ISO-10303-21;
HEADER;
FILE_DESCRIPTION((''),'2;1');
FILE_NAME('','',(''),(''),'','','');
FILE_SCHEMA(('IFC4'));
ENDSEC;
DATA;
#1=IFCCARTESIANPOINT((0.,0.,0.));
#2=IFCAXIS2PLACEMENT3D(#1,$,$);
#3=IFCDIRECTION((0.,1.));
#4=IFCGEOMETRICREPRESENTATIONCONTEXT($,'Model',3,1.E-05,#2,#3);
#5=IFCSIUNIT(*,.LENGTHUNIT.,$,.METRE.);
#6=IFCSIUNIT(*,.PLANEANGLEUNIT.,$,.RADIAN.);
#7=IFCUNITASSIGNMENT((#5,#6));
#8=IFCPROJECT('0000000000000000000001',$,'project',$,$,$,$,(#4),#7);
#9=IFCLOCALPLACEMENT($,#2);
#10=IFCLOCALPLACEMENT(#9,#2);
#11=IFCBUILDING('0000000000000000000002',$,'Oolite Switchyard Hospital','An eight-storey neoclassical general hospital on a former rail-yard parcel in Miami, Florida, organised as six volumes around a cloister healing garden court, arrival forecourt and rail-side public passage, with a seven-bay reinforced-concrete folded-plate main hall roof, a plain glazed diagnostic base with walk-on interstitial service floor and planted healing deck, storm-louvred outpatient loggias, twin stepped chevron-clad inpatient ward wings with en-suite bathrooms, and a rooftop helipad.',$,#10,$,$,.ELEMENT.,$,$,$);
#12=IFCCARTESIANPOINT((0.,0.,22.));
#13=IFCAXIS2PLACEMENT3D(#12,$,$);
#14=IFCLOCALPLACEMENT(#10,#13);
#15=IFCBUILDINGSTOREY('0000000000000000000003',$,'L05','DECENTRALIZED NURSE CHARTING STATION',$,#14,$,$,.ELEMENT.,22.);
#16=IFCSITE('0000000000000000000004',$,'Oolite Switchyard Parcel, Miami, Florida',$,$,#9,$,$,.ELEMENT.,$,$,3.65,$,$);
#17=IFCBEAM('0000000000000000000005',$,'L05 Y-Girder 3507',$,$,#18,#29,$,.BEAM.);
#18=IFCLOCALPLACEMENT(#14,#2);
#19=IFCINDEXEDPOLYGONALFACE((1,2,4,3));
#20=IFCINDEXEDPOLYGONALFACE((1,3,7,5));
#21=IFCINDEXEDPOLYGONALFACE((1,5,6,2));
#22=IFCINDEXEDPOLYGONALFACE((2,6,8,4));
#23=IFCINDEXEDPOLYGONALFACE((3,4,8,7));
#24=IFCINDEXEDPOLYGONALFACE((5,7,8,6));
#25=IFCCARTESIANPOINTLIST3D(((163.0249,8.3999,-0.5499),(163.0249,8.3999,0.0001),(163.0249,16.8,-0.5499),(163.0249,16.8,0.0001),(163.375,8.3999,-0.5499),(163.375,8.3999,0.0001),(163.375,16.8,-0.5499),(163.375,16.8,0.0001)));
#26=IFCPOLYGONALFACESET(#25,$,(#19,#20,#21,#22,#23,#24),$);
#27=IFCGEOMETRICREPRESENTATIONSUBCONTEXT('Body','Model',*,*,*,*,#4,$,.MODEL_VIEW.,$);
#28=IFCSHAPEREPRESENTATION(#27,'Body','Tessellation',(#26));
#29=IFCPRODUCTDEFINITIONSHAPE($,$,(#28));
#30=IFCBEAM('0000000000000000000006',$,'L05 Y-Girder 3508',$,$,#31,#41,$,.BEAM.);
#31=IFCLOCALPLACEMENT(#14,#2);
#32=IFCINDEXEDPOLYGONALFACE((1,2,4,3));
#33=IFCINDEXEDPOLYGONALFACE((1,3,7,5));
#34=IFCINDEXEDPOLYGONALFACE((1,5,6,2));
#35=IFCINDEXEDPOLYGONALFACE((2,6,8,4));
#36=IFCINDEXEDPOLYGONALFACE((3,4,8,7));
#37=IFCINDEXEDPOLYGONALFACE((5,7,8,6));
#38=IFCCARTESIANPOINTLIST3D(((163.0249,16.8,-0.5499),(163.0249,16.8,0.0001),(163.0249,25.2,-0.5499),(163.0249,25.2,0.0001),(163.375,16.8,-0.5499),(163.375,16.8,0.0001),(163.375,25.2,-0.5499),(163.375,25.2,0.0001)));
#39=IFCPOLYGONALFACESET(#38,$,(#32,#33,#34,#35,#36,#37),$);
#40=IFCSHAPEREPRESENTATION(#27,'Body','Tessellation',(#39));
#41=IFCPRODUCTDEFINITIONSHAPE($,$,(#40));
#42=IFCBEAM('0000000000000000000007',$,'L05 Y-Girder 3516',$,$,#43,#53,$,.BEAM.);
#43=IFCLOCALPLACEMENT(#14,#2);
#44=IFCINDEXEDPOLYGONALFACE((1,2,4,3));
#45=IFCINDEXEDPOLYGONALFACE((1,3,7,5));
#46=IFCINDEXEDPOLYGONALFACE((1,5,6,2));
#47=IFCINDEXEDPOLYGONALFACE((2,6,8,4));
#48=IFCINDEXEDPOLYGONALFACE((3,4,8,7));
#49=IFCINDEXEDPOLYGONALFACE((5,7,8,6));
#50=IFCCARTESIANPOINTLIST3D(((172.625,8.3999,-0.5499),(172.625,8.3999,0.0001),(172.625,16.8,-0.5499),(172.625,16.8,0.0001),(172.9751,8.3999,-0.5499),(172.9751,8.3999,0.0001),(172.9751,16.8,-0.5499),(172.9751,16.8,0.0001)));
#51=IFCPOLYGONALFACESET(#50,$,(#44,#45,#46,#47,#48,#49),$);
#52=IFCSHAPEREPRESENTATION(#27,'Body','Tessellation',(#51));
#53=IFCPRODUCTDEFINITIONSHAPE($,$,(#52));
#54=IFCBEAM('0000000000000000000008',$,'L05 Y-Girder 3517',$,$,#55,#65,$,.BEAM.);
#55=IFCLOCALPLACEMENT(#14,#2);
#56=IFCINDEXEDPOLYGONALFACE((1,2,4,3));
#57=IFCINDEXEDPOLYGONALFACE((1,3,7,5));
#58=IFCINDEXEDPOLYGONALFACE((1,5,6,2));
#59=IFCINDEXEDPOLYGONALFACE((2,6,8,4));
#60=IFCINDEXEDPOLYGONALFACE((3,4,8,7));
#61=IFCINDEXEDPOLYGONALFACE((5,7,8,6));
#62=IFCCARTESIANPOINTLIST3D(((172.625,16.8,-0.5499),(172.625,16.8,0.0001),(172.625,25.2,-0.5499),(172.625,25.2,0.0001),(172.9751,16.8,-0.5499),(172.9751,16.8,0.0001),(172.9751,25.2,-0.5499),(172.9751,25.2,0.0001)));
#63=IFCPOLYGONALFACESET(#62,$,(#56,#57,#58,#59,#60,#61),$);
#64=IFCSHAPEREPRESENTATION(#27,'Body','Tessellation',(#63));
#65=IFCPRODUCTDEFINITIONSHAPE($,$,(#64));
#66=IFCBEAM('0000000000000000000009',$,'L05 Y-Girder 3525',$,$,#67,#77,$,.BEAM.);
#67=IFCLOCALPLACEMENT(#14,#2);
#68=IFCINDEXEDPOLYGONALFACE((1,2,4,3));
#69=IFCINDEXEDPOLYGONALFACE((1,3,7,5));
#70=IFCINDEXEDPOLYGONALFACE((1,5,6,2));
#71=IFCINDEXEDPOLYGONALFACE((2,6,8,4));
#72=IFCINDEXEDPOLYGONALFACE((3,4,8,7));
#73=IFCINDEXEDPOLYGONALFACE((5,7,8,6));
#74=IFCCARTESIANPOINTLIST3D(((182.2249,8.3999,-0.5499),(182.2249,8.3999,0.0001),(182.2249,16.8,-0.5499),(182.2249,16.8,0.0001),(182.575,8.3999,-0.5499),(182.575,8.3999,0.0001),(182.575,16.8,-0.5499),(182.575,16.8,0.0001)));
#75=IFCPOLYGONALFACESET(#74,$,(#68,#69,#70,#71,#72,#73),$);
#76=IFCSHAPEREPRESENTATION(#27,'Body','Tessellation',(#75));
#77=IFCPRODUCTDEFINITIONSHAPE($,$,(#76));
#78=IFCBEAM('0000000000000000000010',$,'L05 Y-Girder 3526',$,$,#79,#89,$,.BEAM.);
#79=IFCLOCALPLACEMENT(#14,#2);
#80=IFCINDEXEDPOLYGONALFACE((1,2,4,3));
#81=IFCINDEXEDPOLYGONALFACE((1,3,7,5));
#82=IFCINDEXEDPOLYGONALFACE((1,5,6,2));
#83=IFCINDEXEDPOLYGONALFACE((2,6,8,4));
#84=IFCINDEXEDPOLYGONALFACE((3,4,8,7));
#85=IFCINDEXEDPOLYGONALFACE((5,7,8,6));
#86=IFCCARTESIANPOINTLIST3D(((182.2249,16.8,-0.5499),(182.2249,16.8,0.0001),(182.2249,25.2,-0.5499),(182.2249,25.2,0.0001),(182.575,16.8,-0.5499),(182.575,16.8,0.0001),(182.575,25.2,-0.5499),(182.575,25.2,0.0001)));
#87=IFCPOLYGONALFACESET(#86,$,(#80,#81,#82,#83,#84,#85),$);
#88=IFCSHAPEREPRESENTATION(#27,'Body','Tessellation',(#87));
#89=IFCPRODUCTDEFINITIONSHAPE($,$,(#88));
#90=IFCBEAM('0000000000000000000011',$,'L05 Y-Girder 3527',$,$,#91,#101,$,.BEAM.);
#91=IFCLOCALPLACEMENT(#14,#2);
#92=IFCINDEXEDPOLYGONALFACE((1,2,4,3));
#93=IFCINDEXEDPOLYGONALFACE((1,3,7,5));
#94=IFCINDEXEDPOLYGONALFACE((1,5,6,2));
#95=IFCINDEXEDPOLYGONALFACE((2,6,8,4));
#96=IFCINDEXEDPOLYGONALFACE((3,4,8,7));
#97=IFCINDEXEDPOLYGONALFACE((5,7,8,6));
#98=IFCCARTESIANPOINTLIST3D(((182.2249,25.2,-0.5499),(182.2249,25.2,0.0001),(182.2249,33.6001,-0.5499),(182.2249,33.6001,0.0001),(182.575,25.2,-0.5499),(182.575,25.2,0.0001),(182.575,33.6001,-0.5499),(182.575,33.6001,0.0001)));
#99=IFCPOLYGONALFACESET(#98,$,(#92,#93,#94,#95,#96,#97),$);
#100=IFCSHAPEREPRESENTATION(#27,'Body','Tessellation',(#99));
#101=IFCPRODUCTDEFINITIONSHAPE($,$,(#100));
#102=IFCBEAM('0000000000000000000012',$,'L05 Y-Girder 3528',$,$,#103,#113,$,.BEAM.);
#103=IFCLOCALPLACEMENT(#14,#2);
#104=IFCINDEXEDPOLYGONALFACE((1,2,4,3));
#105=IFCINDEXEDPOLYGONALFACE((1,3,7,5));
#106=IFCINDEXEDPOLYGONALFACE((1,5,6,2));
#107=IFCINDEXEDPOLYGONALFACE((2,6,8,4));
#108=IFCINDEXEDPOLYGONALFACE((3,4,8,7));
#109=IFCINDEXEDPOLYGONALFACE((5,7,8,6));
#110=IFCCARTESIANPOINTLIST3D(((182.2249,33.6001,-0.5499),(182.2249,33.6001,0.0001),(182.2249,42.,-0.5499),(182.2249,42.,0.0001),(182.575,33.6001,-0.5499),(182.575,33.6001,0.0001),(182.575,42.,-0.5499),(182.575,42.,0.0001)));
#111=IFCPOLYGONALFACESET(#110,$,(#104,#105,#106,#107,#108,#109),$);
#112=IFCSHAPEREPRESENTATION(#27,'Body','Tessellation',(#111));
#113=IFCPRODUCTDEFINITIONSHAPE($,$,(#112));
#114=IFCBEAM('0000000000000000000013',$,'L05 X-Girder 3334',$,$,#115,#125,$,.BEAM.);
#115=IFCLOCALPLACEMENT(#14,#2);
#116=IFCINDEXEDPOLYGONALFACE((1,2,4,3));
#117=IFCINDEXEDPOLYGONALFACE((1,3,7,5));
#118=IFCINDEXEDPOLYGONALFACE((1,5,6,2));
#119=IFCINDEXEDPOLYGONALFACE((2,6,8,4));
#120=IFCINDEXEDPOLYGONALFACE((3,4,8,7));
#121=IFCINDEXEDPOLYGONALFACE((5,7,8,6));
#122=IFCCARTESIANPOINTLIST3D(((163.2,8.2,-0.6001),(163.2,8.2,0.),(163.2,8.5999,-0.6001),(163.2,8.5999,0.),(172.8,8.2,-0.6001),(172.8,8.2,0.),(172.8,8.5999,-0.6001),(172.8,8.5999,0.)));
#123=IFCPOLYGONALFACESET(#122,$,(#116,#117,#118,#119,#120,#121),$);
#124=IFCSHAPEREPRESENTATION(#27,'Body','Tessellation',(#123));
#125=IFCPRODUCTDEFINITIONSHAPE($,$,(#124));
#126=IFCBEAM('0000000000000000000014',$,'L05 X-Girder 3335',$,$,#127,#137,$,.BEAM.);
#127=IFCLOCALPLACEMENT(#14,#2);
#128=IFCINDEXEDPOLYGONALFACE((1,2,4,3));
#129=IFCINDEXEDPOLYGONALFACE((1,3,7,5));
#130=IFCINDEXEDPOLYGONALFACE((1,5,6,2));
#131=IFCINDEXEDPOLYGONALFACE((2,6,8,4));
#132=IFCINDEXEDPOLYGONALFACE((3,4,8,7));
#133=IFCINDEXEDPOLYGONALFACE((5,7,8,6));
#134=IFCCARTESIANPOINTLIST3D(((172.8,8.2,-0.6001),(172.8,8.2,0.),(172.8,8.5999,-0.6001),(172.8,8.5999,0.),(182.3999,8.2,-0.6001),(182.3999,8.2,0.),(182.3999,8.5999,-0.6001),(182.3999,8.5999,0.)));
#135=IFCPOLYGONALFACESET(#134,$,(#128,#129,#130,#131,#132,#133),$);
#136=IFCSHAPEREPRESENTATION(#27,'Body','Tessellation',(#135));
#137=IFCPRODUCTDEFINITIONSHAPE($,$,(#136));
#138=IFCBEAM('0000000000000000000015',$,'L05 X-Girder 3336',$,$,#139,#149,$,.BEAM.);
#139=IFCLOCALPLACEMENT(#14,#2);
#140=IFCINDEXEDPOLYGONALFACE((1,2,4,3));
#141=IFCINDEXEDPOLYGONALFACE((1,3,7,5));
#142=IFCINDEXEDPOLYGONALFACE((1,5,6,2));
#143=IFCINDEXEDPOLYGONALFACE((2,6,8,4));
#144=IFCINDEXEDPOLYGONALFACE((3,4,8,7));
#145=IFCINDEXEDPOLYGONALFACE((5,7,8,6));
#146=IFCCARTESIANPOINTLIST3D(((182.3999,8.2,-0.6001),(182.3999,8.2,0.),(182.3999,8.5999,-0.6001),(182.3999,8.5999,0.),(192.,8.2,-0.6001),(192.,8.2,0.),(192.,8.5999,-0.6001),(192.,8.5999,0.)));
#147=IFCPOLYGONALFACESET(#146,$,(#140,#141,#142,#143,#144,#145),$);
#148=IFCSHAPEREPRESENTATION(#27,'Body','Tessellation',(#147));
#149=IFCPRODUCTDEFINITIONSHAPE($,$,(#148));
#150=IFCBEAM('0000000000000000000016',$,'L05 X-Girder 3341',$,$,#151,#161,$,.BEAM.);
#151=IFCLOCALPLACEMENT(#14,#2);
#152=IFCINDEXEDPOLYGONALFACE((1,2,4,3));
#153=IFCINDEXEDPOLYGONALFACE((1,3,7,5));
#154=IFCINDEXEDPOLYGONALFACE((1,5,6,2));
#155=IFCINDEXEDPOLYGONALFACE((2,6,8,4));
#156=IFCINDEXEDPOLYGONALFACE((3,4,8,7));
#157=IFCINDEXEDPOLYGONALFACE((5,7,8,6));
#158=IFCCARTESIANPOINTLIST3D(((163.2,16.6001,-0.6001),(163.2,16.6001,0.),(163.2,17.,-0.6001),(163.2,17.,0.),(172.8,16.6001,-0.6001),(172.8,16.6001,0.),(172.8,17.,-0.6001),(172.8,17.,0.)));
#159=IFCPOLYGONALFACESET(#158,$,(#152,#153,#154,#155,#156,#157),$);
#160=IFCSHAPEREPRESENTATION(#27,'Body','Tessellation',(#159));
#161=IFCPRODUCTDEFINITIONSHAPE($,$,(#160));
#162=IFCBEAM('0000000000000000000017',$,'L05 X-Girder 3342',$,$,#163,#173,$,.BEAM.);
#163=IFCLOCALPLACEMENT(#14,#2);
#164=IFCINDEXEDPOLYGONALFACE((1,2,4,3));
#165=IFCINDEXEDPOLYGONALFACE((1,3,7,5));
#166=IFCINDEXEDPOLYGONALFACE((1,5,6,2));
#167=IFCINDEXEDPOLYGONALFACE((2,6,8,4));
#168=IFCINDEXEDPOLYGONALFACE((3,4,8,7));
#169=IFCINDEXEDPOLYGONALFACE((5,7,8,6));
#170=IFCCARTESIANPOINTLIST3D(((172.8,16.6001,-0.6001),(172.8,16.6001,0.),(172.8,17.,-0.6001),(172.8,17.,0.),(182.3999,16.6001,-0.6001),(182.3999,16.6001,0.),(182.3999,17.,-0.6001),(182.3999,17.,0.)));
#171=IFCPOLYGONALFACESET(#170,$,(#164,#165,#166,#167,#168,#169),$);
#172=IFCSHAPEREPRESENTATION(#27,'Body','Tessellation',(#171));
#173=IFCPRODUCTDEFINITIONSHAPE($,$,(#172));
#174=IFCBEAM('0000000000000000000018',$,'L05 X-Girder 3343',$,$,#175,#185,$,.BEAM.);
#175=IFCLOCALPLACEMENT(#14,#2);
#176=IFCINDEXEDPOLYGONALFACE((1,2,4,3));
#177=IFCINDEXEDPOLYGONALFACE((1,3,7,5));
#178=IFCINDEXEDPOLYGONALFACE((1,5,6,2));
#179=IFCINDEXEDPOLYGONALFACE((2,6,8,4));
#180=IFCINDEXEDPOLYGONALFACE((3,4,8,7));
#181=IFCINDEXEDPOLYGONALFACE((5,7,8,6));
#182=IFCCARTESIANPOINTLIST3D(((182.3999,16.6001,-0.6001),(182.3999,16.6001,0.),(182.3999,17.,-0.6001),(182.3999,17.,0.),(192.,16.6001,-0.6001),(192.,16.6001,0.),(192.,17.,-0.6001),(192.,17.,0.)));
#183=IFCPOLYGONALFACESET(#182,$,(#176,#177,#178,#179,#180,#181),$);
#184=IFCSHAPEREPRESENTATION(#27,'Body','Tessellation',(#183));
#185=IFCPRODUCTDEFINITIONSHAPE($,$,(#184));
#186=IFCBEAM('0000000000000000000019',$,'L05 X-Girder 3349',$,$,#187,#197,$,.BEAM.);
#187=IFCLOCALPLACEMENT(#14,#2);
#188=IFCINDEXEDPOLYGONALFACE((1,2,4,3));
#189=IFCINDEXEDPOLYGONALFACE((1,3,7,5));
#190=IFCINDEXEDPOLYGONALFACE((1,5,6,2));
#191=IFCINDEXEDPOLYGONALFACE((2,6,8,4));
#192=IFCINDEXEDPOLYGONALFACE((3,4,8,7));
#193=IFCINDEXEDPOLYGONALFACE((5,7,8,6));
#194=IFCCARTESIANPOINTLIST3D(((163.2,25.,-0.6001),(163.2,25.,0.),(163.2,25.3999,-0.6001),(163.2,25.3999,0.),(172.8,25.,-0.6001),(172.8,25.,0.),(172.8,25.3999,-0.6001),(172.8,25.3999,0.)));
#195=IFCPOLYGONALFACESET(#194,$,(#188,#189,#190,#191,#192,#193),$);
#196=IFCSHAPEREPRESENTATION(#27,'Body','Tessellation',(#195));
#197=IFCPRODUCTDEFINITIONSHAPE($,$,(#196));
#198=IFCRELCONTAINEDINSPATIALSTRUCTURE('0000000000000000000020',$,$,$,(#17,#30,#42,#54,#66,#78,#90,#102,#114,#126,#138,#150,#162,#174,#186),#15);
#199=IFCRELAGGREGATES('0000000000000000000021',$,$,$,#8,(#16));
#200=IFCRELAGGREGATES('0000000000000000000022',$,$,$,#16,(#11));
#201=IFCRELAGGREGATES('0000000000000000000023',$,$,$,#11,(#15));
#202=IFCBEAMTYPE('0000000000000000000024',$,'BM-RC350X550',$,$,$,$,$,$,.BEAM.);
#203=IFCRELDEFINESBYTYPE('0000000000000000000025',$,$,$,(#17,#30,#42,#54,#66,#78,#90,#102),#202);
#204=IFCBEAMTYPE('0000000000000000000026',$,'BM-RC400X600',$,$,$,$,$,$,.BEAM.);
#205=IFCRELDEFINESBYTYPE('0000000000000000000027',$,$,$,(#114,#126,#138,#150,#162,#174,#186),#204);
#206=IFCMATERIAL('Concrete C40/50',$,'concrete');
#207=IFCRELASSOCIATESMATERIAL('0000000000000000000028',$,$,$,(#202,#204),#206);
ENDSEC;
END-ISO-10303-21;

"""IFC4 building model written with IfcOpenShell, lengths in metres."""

from ifc_helpers import new_model, si_unit, direction, frame, origin, origin_2d, place, context, subcontext, project, spatial, rectangle, extrude, material, material_profile, profile_set, type_object, element, save


model = new_model("IFC4")

# Units and contexts
model_context = context("Model", 3, precision=1e-05, world=origin(), true_north=direction((0.0, 1.0)))
body_context = subcontext(model_context, "Body", "Model", "MODEL_VIEW")
ifc_project = project(units=[si_unit("LENGTHUNIT", "METRE"), si_unit("PLANEANGLEUNIT", "RADIAN")], contexts=[model_context])

# Site, building, storey
site_placement = place(None, origin())
site = spatial("IfcSite", under=ifc_project, at=site_placement, Name="Oolite Switchyard Parcel, Miami, Florida", CompositionType="ELEMENT", RefElevation=3.65)
building_placement = place(site_placement, origin())
building = spatial("IfcBuilding", under=site, at=building_placement, Name="Oolite Switchyard Hospital", Description="An eight-storey neoclassical general hospital on a former rail-yard parcel in Miami, Florida, organised as six volumes around a cloister healing garden court, arrival forecourt and rail-side public passage, with a seven-bay reinforced-concrete folded-plate main hall roof, a plain glazed diagnostic base with walk-on interstitial service floor and planted healing deck, storm-louvred outpatient loggias, twin stepped chevron-clad inpatient ward wings with en-suite bathrooms, and a rooftop helipad.", CompositionType="ELEMENT")
storey_placement = place(building_placement, frame((0.0, 0.0, 22.0)))
storey = spatial("IfcBuildingStorey", under=building, at=storey_placement, Name="L05", Description="DECENTRALIZED NURSE CHARTING STATION", CompositionType="ELEMENT", Elevation=22.0)

# Beams
ifc_material_1 = material(Name="Concrete C40/50", Category="concrete")
ifc_material_profile_1 = material_profile(ifc_material_1, rectangle(XDim=0.3501, YDim=0.55, at=origin_2d()), Name="RCB350X550")
ifc_profile_set_1 = profile_set([ifc_material_profile_1], Name="Concrete C40/50")
beam_type_1 = type_object("IfcBeamType", Name="BM-RC350X550", PredefinedType="BEAM", material=ifc_profile_set_1)
beam_1_placement = place(storey_placement, frame((163.2, 8.3999, -0.2749), z_axis=(0.0, 1.0, 0.0), x_axis=(-1.0, 0.0, 0.0)))
element("IfcBeam", 1, at=beam_1_placement, inside=storey, type_object=beam_type_1, Name="L05 Y-Girder 3507", PredefinedType="BEAM", context=body_context, shape_type="SweptSolid", body=[
    extrude(rectangle(XDim=0.3501, YDim=0.55, at=origin_2d()), origin(), (0.0, 0.0, 1.0), 8.4001),
])
beam_2_placement = place(storey_placement, frame((163.2, 16.8, -0.2749), z_axis=(0.0, 1.0, 0.0), x_axis=(-1.0, 0.0, 0.0)))
element("IfcBeam", 2, at=beam_2_placement, inside=storey, type_object=beam_type_1, Name="L05 Y-Girder 3508", PredefinedType="BEAM", context=body_context, shape_type="SweptSolid", body=[
    extrude(rectangle(XDim=0.3501, YDim=0.55, at=origin_2d()), origin(), (0.0, 0.0, 1.0), 8.3999),
])
beam_3_placement = place(storey_placement, frame((172.8, 8.3999, -0.2749), z_axis=(0.0, 1.0, 0.0), x_axis=(-1.0, 0.0, 0.0)))
element("IfcBeam", 3, at=beam_3_placement, inside=storey, type_object=beam_type_1, Name="L05 Y-Girder 3516", PredefinedType="BEAM", context=body_context, shape_type="SweptSolid", body=[
    extrude(rectangle(XDim=0.3501, YDim=0.55, at=origin_2d()), origin(), (0.0, 0.0, 1.0), 8.4001),
])
beam_4_placement = place(storey_placement, frame((172.8, 16.8, -0.2749), z_axis=(0.0, 1.0, 0.0), x_axis=(-1.0, 0.0, 0.0)))
element("IfcBeam", 4, at=beam_4_placement, inside=storey, type_object=beam_type_1, Name="L05 Y-Girder 3517", PredefinedType="BEAM", context=body_context, shape_type="SweptSolid", body=[
    extrude(rectangle(XDim=0.3501, YDim=0.55, at=origin_2d()), origin(), (0.0, 0.0, 1.0), 8.3999),
])
beam_5_placement = place(storey_placement, frame((182.3999, 8.3999, -0.2749), z_axis=(0.0, 1.0, 0.0), x_axis=(-1.0, 0.0, 0.0)))
element("IfcBeam", 5, at=beam_5_placement, inside=storey, type_object=beam_type_1, Name="L05 Y-Girder 3525", PredefinedType="BEAM", context=body_context, shape_type="SweptSolid", body=[
    extrude(rectangle(XDim=0.3501, YDim=0.55, at=origin_2d()), origin(), (0.0, 0.0, 1.0), 8.4001),
])
beam_6_placement = place(storey_placement, frame((182.3999, 16.8, -0.2749), z_axis=(0.0, 1.0, 0.0), x_axis=(-1.0, 0.0, 0.0)))
element("IfcBeam", 6, at=beam_6_placement, inside=storey, type_object=beam_type_1, Name="L05 Y-Girder 3526", PredefinedType="BEAM", context=body_context, shape_type="SweptSolid", body=[
    extrude(rectangle(XDim=0.3501, YDim=0.55, at=origin_2d()), origin(), (0.0, 0.0, 1.0), 8.3999),
])
beam_7_placement = place(storey_placement, frame((182.3999, 25.2, -0.2749), z_axis=(0.0, 1.0, 0.0), x_axis=(-1.0, 0.0, 0.0)))
element("IfcBeam", 7, at=beam_7_placement, inside=storey, type_object=beam_type_1, Name="L05 Y-Girder 3527", PredefinedType="BEAM", context=body_context, shape_type="SweptSolid", body=[
    extrude(rectangle(XDim=0.3501, YDim=0.55, at=origin_2d()), origin(), (0.0, 0.0, 1.0), 8.4001),
])
beam_8_placement = place(storey_placement, frame((182.3999, 33.6001, -0.2749), z_axis=(0.0, 1.0, 0.0), x_axis=(-1.0, 0.0, 0.0)))
element("IfcBeam", 8, at=beam_8_placement, inside=storey, type_object=beam_type_1, Name="L05 Y-Girder 3528", PredefinedType="BEAM", context=body_context, shape_type="SweptSolid", body=[
    extrude(rectangle(XDim=0.3501, YDim=0.55, at=origin_2d()), origin(), (0.0, 0.0, 1.0), 8.3999),
])
ifc_material_profile_2 = material_profile(ifc_material_1, rectangle(XDim=0.3999, YDim=0.6001, at=origin_2d()), Name="RCB400X600")
ifc_profile_set_2 = profile_set([ifc_material_profile_2], Name="Concrete C40/50")
beam_type_2 = type_object("IfcBeamType", Name="BM-RC400X600", PredefinedType="BEAM", material=ifc_profile_set_2)
beam_9_placement = place(storey_placement, frame((163.2, 8.3999, -0.3), z_axis=(1.0, 0.0, 0.0), x_axis=(0.0, 1.0, 0.0)))
element("IfcBeam", 9, at=beam_9_placement, inside=storey, type_object=beam_type_2, Name="L05 X-Girder 3334", PredefinedType="BEAM", context=body_context, shape_type="SweptSolid", body=[
    extrude(rectangle(XDim=0.3999, YDim=0.6001, at=origin_2d()), origin(), (0.0, 0.0, 1.0), 9.6001),
])
beam_10_placement = place(storey_placement, frame((172.8, 8.3999, -0.3), z_axis=(1.0, 0.0, 0.0), x_axis=(0.0, 1.0, 0.0)))
element("IfcBeam", 10, at=beam_10_placement, inside=storey, type_object=beam_type_2, Name="L05 X-Girder 3335", PredefinedType="BEAM", context=body_context, shape_type="SweptSolid", body=[
    extrude(rectangle(XDim=0.3999, YDim=0.6001, at=origin_2d()), origin(), (0.0, 0.0, 1.0), 9.5999),
])
for number, where, z_axis, x_axis, name in (
    (11, (182.3999, 8.3999, -0.3), (1.0, 0.0, 0.0), (0.0, 1.0, 0.0), "L05 X-Girder 3336"),
    (12, (163.2, 16.8, -0.3), (1.0, 0.0, 0.0), (0.0, 1.0, 0.0), "L05 X-Girder 3341"),
):
    element("IfcBeam", number, at=place(storey_placement, frame(where, z_axis=z_axis, x_axis=x_axis)), inside=storey, type_object=beam_type_2, Name=name, PredefinedType="BEAM", context=body_context, shape_type="SweptSolid", body=[
        extrude(rectangle(XDim=0.3999, YDim=0.6001, at=origin_2d()), origin(), (0.0, 0.0, 1.0), 9.6001),
    ])
beam_11_placement = place(storey_placement, frame((172.8, 16.8, -0.3), z_axis=(1.0, 0.0, 0.0), x_axis=(0.0, 1.0, 0.0)))
element("IfcBeam", 13, at=beam_11_placement, inside=storey, type_object=beam_type_2, Name="L05 X-Girder 3342", PredefinedType="BEAM", context=body_context, shape_type="SweptSolid", body=[
    extrude(rectangle(XDim=0.3999, YDim=0.6001, at=origin_2d()), origin(), (0.0, 0.0, 1.0), 9.5999),
])
for number, where, z_axis, x_axis, name in (
    (14, (182.3999, 16.8, -0.3), (1.0, 0.0, 0.0), (0.0, 1.0, 0.0), "L05 X-Girder 3343"),
    (15, (163.2, 25.2, -0.3), (1.0, 0.0, 0.0), (0.0, 1.0, 0.0), "L05 X-Girder 3349"),
):
    element("IfcBeam", number, at=place(storey_placement, frame(where, z_axis=z_axis, x_axis=x_axis)), inside=storey, type_object=beam_type_2, Name=name, PredefinedType="BEAM", context=body_context, shape_type="SweptSolid", body=[
        extrude(rectangle(XDim=0.3999, YDim=0.6001, at=origin_2d()), origin(), (0.0, 0.0, 1.0), 9.6001),
    ])

save(model, "model.ifc")
